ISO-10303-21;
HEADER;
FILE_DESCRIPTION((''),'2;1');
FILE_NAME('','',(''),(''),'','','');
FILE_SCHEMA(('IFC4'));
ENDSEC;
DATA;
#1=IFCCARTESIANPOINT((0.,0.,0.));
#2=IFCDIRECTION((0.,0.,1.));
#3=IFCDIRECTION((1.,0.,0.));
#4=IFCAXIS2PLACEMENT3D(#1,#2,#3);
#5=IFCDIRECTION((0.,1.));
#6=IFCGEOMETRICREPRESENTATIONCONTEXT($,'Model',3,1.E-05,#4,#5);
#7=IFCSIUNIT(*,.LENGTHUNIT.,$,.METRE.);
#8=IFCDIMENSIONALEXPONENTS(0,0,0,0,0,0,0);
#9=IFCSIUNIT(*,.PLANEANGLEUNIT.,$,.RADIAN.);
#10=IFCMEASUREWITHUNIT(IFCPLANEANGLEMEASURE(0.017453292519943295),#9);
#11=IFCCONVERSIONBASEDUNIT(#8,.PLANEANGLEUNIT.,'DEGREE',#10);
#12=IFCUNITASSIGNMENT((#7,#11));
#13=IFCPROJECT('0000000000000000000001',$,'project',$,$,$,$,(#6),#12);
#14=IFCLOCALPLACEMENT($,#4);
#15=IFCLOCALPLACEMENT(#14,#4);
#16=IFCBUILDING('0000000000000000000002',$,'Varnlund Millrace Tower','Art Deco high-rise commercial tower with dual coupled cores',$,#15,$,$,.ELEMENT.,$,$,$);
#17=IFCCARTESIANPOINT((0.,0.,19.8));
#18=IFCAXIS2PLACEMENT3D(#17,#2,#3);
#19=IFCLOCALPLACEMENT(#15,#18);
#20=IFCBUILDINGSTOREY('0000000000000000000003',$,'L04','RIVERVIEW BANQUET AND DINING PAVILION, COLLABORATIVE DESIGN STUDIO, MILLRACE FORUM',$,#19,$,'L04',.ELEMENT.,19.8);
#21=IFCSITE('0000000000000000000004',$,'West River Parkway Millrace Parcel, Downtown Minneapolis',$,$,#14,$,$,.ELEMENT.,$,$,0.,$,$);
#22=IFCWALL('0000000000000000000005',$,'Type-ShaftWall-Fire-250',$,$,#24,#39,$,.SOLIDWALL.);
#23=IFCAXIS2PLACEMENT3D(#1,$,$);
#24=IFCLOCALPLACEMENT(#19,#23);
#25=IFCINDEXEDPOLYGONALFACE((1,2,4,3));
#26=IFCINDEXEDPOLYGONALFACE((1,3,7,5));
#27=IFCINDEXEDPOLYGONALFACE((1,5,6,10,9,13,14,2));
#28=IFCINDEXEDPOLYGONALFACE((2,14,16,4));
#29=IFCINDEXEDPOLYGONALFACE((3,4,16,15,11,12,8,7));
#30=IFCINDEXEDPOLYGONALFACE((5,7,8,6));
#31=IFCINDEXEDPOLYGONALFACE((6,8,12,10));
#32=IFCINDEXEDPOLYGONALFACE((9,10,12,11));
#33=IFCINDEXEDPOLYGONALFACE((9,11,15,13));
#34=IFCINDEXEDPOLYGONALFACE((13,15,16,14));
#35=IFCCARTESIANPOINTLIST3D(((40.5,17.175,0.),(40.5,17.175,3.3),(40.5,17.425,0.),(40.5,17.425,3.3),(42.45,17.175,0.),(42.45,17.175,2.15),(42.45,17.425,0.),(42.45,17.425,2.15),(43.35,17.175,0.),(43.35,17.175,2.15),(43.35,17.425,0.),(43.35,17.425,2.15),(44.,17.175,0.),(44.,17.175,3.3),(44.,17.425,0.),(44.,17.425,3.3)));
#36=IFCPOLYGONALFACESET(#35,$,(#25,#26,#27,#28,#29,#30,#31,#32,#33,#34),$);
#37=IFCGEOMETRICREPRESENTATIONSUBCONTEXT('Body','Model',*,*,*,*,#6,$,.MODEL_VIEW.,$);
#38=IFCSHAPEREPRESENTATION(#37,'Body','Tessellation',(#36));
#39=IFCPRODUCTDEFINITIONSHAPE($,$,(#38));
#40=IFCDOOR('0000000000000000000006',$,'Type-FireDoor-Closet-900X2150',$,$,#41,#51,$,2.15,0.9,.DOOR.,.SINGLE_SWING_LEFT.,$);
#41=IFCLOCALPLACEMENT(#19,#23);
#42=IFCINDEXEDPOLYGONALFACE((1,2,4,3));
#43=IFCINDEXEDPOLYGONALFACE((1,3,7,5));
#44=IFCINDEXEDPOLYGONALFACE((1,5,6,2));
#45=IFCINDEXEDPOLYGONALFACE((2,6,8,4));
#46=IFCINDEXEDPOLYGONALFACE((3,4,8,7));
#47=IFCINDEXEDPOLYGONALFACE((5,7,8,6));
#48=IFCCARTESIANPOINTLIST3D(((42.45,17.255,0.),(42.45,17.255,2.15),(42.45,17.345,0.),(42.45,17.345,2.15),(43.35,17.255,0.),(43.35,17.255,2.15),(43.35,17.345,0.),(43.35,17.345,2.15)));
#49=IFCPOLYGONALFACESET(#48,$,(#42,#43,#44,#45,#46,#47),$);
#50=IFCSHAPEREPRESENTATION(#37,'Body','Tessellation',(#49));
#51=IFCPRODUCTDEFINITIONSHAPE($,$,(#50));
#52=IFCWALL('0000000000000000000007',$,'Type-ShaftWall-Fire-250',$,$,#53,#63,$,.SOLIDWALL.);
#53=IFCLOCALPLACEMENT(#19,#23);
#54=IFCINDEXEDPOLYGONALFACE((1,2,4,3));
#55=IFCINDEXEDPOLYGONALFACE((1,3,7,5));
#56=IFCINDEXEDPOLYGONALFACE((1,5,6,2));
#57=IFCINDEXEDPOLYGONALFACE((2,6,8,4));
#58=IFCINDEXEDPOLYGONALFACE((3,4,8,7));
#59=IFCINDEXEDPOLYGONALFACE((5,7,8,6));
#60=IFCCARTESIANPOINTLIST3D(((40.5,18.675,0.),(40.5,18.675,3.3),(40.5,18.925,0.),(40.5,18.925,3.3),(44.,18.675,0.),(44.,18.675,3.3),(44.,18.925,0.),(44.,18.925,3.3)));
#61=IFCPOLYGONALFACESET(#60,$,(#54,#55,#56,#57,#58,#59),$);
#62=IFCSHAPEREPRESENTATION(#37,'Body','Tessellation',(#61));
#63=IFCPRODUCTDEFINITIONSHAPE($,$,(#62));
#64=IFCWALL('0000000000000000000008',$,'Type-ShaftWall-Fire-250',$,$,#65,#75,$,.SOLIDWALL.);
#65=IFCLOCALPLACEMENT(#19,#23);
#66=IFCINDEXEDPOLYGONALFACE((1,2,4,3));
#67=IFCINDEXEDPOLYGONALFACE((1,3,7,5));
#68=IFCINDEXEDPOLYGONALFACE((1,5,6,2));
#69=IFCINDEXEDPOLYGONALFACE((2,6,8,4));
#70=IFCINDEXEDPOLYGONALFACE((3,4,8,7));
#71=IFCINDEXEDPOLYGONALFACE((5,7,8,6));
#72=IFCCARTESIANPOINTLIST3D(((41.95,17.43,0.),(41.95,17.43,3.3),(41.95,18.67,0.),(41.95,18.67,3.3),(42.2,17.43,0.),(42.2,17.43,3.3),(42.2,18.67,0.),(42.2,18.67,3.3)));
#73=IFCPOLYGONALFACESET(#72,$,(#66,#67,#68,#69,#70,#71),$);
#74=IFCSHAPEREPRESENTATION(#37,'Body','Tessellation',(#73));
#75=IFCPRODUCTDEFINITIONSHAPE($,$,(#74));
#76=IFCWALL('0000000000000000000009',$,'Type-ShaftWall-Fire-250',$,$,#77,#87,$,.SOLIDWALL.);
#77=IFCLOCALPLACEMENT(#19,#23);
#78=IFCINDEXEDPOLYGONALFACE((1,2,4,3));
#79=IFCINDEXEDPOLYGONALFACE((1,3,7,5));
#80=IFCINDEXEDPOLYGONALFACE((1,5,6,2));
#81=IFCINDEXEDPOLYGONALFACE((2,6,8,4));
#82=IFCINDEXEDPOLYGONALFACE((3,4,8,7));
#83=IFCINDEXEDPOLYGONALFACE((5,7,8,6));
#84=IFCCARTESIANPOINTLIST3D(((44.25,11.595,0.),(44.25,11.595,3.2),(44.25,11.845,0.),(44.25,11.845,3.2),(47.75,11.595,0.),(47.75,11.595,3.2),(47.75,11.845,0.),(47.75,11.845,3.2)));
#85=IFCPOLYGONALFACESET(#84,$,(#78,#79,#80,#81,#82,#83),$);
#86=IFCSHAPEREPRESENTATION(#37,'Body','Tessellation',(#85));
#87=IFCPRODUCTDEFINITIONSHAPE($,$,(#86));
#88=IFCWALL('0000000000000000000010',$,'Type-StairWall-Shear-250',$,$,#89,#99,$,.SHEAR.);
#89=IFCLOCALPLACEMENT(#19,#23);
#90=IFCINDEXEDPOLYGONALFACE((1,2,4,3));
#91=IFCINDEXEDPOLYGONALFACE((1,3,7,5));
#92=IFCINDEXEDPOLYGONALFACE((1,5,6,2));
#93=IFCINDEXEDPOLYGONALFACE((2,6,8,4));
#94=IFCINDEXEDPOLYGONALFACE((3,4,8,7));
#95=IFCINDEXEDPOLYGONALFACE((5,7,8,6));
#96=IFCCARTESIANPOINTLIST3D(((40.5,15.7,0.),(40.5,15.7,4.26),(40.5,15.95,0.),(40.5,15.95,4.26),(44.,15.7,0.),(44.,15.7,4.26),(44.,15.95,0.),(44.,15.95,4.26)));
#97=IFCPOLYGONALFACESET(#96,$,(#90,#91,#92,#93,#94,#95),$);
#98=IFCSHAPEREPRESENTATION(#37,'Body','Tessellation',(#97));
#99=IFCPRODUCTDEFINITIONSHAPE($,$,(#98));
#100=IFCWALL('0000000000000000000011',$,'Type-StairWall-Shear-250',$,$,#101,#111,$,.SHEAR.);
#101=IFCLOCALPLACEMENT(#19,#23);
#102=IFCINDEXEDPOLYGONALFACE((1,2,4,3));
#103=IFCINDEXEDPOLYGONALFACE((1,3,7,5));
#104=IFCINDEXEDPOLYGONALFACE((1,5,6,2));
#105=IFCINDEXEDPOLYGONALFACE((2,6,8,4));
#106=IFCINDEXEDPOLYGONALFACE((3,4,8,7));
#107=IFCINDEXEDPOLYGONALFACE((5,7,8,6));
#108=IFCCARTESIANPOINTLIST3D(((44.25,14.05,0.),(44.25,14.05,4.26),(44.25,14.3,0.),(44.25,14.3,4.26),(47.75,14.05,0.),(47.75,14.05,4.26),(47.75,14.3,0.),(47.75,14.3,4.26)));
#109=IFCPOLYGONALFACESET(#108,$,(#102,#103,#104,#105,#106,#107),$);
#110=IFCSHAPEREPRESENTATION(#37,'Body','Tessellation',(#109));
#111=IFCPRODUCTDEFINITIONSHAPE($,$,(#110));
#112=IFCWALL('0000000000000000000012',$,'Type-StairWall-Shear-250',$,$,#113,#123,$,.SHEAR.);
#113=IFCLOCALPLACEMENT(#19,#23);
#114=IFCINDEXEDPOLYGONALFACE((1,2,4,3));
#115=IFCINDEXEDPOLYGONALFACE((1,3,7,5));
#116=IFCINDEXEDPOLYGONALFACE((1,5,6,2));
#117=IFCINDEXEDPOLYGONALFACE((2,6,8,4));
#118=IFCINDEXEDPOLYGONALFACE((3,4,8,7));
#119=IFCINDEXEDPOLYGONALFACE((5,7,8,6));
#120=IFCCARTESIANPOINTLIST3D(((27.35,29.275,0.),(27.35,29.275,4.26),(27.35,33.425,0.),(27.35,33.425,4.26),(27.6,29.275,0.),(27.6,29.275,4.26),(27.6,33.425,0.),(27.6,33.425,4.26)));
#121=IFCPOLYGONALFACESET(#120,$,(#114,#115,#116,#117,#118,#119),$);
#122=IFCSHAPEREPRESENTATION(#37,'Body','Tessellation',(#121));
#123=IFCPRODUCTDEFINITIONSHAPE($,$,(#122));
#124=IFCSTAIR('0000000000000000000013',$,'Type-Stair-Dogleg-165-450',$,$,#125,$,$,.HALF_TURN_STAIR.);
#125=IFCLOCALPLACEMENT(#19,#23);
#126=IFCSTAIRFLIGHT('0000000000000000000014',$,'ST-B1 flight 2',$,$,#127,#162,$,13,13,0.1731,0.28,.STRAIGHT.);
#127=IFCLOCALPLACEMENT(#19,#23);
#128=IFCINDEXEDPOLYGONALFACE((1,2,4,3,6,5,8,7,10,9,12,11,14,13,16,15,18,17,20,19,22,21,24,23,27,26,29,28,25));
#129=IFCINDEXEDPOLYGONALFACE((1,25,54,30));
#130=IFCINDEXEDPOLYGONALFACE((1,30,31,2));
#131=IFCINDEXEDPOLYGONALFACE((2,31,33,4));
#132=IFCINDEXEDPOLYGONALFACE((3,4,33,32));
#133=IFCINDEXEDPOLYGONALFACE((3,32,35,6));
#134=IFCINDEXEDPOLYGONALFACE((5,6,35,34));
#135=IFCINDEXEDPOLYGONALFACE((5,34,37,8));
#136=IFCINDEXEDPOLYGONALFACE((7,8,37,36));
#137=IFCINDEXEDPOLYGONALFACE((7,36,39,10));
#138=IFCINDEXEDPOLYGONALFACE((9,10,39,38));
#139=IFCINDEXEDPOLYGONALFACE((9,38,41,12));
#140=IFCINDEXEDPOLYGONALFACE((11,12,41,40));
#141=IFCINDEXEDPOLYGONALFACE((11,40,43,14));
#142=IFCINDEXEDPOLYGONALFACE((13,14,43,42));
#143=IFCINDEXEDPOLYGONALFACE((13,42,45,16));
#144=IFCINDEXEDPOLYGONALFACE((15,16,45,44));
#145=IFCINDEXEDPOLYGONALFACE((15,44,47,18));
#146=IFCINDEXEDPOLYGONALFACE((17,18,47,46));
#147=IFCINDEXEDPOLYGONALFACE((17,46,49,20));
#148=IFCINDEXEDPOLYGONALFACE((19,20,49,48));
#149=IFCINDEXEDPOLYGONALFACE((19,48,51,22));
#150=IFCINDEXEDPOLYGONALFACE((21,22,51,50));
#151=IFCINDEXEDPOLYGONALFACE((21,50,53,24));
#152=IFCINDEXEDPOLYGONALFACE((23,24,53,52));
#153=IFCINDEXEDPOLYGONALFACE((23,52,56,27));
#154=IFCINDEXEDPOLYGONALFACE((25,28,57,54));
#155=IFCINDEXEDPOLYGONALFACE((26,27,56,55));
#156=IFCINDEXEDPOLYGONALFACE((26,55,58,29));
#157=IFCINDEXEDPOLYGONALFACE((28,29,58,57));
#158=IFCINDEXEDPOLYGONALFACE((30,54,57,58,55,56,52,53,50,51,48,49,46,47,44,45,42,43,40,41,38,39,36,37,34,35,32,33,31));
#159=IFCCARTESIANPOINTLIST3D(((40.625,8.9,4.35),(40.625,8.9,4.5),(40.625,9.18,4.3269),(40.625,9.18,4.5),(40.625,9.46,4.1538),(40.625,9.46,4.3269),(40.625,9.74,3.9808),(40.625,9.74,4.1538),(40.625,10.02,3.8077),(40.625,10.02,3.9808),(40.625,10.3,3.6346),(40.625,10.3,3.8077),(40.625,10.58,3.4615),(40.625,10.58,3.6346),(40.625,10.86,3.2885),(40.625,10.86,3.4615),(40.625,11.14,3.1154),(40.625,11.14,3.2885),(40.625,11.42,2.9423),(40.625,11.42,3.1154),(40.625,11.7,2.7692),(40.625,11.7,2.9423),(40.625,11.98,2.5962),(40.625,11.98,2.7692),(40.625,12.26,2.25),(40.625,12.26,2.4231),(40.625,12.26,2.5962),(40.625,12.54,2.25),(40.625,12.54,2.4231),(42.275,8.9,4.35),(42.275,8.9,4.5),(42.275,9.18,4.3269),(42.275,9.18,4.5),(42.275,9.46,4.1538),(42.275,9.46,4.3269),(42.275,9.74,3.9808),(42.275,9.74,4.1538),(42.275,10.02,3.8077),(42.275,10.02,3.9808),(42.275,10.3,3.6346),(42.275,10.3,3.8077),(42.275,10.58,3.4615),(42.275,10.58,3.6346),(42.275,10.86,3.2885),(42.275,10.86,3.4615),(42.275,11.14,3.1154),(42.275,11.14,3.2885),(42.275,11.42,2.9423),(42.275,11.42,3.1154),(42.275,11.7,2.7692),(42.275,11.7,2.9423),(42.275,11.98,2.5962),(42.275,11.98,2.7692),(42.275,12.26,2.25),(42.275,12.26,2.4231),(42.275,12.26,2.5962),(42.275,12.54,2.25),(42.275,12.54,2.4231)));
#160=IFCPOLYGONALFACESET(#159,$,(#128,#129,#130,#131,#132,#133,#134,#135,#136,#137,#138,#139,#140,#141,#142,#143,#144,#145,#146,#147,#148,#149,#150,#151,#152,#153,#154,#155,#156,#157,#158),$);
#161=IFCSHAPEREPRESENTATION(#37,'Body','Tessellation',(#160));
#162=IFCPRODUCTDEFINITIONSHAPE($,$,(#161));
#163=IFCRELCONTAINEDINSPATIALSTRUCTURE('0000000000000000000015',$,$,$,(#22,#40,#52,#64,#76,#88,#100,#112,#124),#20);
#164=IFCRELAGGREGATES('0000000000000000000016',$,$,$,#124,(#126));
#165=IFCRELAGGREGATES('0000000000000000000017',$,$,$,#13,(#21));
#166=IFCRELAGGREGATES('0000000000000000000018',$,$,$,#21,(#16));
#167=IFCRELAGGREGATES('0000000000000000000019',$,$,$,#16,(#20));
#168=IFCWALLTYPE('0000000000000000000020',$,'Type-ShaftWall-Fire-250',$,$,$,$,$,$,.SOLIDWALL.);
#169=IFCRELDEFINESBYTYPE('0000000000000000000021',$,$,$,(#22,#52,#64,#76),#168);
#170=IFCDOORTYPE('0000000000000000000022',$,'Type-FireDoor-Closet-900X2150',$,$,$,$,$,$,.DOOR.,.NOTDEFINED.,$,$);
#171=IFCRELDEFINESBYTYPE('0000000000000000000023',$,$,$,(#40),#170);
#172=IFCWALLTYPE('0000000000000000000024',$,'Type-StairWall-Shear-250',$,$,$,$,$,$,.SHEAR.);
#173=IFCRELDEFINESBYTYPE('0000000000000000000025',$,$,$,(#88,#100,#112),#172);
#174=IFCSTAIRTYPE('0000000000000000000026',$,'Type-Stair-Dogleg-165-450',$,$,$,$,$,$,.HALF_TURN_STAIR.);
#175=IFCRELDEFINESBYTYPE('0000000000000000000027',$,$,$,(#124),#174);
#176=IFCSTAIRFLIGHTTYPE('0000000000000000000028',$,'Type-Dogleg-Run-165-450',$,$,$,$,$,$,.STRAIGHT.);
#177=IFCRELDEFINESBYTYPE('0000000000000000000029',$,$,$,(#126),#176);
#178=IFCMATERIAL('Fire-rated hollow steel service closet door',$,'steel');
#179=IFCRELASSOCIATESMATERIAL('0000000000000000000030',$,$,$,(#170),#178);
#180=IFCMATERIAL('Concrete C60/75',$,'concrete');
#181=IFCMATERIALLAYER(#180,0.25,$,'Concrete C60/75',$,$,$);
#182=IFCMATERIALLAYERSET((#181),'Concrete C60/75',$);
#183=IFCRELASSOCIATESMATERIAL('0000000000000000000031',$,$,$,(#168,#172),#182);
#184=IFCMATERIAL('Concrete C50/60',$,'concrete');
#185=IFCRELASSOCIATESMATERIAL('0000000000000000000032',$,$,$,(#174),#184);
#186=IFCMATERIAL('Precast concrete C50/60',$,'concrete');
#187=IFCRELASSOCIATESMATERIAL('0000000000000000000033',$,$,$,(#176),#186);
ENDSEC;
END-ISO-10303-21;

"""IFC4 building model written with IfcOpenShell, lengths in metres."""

from ifc_helpers import new_model, entity, si_unit, converted_unit, direction, frame, origin_with_axes, origin_2d_with_axis, place, context, subcontext, project, spatial, polyline, rectangle, outline, extrude, material, layer, layer_set, type_object, element, fill, aggregate, save


model = new_model("IFC4")

# Units and contexts
model_context = context("Model", 3, precision=1e-05, world=origin_with_axes(), true_north=direction((0.0, 1.0)))
body_context = subcontext(model_context, "Body", "Model", "MODEL_VIEW")
ifc_project = project(units=[si_unit("LENGTHUNIT", "METRE"), converted_unit("PLANEANGLEUNIT", "DEGREE", entity("IfcPlaneAngleMeasure", 0.017453292519943295), si_unit("PLANEANGLEUNIT", "RADIAN"), dimensions=[0, 0, 0, 0, 0, 0, 0])], contexts=[model_context])

# Site, building, storey
site_placement = place(None, origin_with_axes())
site = spatial("IfcSite", under=ifc_project, at=site_placement, Name="West River Parkway Millrace Parcel, Downtown Minneapolis", CompositionType="ELEMENT", RefElevation=0.0)
building_placement = place(site_placement, origin_with_axes())
building = spatial("IfcBuilding", under=site, at=building_placement, Name="Varnlund Millrace Tower", Description="Art Deco high-rise commercial tower with dual coupled cores", CompositionType="ELEMENT")
storey_placement = place(building_placement, frame((0.0, 0.0, 19.8), z_axis=(0.0, 0.0, 1.0), x_axis=(1.0, 0.0, 0.0)))
storey = spatial("IfcBuildingStorey", under=building, at=storey_placement, Name="L04", Description="RIVERVIEW BANQUET AND DINING PAVILION, COLLABORATIVE DESIGN STUDIO, MILLRACE FORUM", LongName="L04", CompositionType="ELEMENT", Elevation=19.8)

# Shared definitions
ifc_material_1 = material(Name="Fire-rated hollow steel service closet door", Category="steel")
door_type_1 = type_object("IfcDoorType", Name="Type-FireDoor-Closet-900X2150", OperationType="NOTDEFINED", PredefinedType="DOOR", material=ifc_material_1)

# Wall, opening, door
ifc_material_2 = material(Name="Concrete C60/75", Category="concrete")
ifc_layer_1 = layer(ifc_material_2, 0.25, Name="Concrete C60/75")
ifc_layer_set_1 = layer_set([ifc_layer_1], Name="Concrete C60/75")
wall_type_1 = type_object("IfcWallType", Name="Type-ShaftWall-Fire-250", PredefinedType="SOLIDWALL", material=ifc_layer_set_1)
wall_1_placement = place(storey_placement, frame((40.5, 17.3, 0.0), z_axis=(0.0, 0.0, 1.0), x_axis=(1.0, 0.0, 0.0)))
wall_1 = element("IfcWall", 1, at=wall_1_placement, inside=storey, type_object=wall_type_1, Name="Type-ShaftWall-Fire-250", PredefinedType="SOLIDWALL", context=body_context, shape_type="SweptSolid", body=[
    extrude(outline(polyline([(0.0, -0.125), (3.5, -0.125), (3.5, 0.125), (0.0, 0.125), (0.0, -0.125)])), origin_with_axes(), (0.0, 0.0, 1.0), 3.3),
])
opening_1_placement = place(wall_1_placement, frame((2.4, 0.0, 0.0), z_axis=(0.0, 0.0, 1.0), x_axis=(1.0, 0.0, 0.0)))
opening_1 = element("IfcOpeningElement", 2, at=opening_1_placement, cuts=wall_1, PredefinedType="OPENING", context=body_context, shape_type="SweptSolid", body=[
    extrude(rectangle(XDim=0.9, YDim=0.27, at=origin_2d_with_axis()), origin_with_axes(), (0.0, 0.0, 1.0), 2.15),
])
door_1_placement = place(wall_1_placement, frame((2.4, 0.0, 0.0), z_axis=(0.0, 0.0, 1.0), x_axis=(1.0, 0.0, 0.0)))
door_1 = element("IfcDoor", 3, at=door_1_placement, inside=storey, type_object=door_type_1, Name="Type-FireDoor-Closet-900X2150", OperationType="SINGLE_SWING_LEFT", OverallHeight=2.15, OverallWidth=0.9, PredefinedType="DOOR", context=body_context, shape_type="SweptSolid", body=[
    extrude(rectangle(XDim=0.9, YDim=0.09, at=origin_2d_with_axis()), origin_with_axes(), (0.0, 0.0, 1.0), 2.15),
])
fill(opening_1, door_1)

# Walls
wall_2_placement = place(storey_placement, frame((40.5, 18.8, 0.0), z_axis=(0.0, 0.0, 1.0), x_axis=(1.0, 0.0, 0.0)))
element("IfcWall", 4, at=wall_2_placement, inside=storey, type_object=wall_type_1, Name="Type-ShaftWall-Fire-250", PredefinedType="SOLIDWALL", context=body_context, shape_type="SweptSolid", body=[
    extrude(outline(polyline([(0.0, -0.125), (3.5, -0.125), (3.5, 0.125), (0.0, 0.125), (0.0, -0.125)])), origin_with_axes(), (0.0, 0.0, 1.0), 3.3),
])
wall_3_placement = place(storey_placement, frame((42.075, 17.43, 0.0), z_axis=(0.0, 0.0, 1.0), x_axis=(0.0, 1.0, 0.0)))
element("IfcWall", 5, at=wall_3_placement, inside=storey, type_object=wall_type_1, Name="Type-ShaftWall-Fire-250", PredefinedType="SOLIDWALL", context=body_context, shape_type="SweptSolid", body=[
    extrude(outline(polyline([(0.0, -0.125), (1.24, -0.125), (1.24, 0.125), (0.0, 0.125), (0.0, -0.125)])), origin_with_axes(), (0.0, 0.0, 1.0), 3.3),
])
wall_4_placement = place(storey_placement, frame((44.25, 11.72, 0.0), z_axis=(0.0, 0.0, 1.0), x_axis=(1.0, 0.0, 0.0)))
element("IfcWall", 6, at=wall_4_placement, inside=storey, type_object=wall_type_1, Name="Type-ShaftWall-Fire-250", PredefinedType="SOLIDWALL", context=body_context, shape_type="SweptSolid", body=[
    extrude(outline(polyline([(0.0, -0.125), (3.5, -0.125), (3.5, 0.125), (0.0, 0.125), (0.0, -0.125)])), origin_with_axes(), (0.0, 0.0, 1.0), 3.2),
])
wall_type_2 = type_object("IfcWallType", Name="Type-StairWall-Shear-250", PredefinedType="SHEAR", material=ifc_layer_set_1)
for number, where, z_axis, x_axis, name in (
    (7, (40.5, 15.825, 0.0), (0.0, 0.0, 1.0), (1.0, 0.0, 0.0), "Type-StairWall-Shear-250"),
    (8, (44.25, 14.175, 0.0), (0.0, 0.0, 1.0), (1.0, 0.0, 0.0), "Type-StairWall-Shear-250"),
):
    element("IfcWall", number, at=place(storey_placement, frame(where, z_axis=z_axis, x_axis=x_axis)), inside=storey, type_object=wall_type_2, Name=name, PredefinedType="SHEAR", context=body_context, shape_type="SweptSolid", body=[
        extrude(outline(polyline([(0.0, -0.125), (3.5, -0.125), (3.5, 0.125), (0.0, 0.125), (0.0, -0.125)])), origin_with_axes(), (0.0, 0.0, 1.0), 4.26),
    ])
wall_5_placement = place(storey_placement, frame((27.475, 29.275, 0.0), z_axis=(0.0, 0.0, 1.0), x_axis=(0.0, 1.0, 0.0)))
element("IfcWall", 9, at=wall_5_placement, inside=storey, type_object=wall_type_2, Name="Type-StairWall-Shear-250", PredefinedType="SHEAR", context=body_context, shape_type="SweptSolid", body=[
    extrude(outline(polyline([(0.0, -0.125), (4.15, -0.125), (4.15, 0.125), (0.0, 0.125), (0.0, -0.125)])), origin_with_axes(), (0.0, 0.0, 1.0), 4.26),
])

# Stair, stair flight
ifc_material_3 = material(Name="Concrete C50/60", Category="concrete")
stair_type = type_object("IfcStairType", Name="Type-Stair-Dogleg-165-450", PredefinedType="HALF_TURN_STAIR", material=ifc_material_3)
stair_placement = place(storey_placement, origin_with_axes())
stair = element("IfcStair", 10, at=stair_placement, inside=storey, type_object=stair_type, Name="Type-Stair-Dogleg-165-450", PredefinedType="HALF_TURN_STAIR")
ifc_material_4 = material(Name="Precast concrete C50/60", Category="concrete")
stair_flight_type = type_object("IfcStairFlightType", Name="Type-Dogleg-Run-165-450", PredefinedType="STRAIGHT", material=ifc_material_4)
stair_flight_placement = place(storey_placement, frame((42.275, 12.54, 2.25), z_axis=(-1.0, 0.0, 0.0), x_axis=(0.0, -1.0, 0.0)))
stair_flight = element("IfcStairFlight", 11, at=stair_flight_placement, type_object=stair_flight_type, Name="ST-B1 flight 2", NumberOfRisers=13, NumberOfTreads=13, PredefinedType="STRAIGHT", RiserHeight=0.1731, TreadLength=0.28, context=body_context, shape_type="SweptSolid", body=[
    extrude(outline(polyline([(0.0, 0.0), (0.0, 0.1731), (0.28, 0.1731), (0.28, 0.3462), (0.56, 0.3462), (0.56, 0.5192), (0.84, 0.5192), (0.84, 0.6923), (1.12, 0.6923), (1.12, 0.8654), (1.4, 0.8654), (1.4, 1.0385), (1.68, 1.0385), (1.68, 1.2115), (1.96, 1.2115), (1.96, 1.3846), (2.24, 1.3846), (2.24, 1.5577), (2.52, 1.5577), (2.52, 1.7308), (2.8, 1.7308), (2.8, 1.9038), (3.08, 1.9038), (3.08, 2.0769), (3.36, 2.0769), (3.36, 2.25), (3.64, 2.25), (3.64, 2.1), (0.28, 0.0), (0.0, 0.0)])), origin_with_axes(), (0.0, 0.0, 1.0), 1.65),
])
aggregate(stair, [stair_flight])

save(model, "model.ifc")
